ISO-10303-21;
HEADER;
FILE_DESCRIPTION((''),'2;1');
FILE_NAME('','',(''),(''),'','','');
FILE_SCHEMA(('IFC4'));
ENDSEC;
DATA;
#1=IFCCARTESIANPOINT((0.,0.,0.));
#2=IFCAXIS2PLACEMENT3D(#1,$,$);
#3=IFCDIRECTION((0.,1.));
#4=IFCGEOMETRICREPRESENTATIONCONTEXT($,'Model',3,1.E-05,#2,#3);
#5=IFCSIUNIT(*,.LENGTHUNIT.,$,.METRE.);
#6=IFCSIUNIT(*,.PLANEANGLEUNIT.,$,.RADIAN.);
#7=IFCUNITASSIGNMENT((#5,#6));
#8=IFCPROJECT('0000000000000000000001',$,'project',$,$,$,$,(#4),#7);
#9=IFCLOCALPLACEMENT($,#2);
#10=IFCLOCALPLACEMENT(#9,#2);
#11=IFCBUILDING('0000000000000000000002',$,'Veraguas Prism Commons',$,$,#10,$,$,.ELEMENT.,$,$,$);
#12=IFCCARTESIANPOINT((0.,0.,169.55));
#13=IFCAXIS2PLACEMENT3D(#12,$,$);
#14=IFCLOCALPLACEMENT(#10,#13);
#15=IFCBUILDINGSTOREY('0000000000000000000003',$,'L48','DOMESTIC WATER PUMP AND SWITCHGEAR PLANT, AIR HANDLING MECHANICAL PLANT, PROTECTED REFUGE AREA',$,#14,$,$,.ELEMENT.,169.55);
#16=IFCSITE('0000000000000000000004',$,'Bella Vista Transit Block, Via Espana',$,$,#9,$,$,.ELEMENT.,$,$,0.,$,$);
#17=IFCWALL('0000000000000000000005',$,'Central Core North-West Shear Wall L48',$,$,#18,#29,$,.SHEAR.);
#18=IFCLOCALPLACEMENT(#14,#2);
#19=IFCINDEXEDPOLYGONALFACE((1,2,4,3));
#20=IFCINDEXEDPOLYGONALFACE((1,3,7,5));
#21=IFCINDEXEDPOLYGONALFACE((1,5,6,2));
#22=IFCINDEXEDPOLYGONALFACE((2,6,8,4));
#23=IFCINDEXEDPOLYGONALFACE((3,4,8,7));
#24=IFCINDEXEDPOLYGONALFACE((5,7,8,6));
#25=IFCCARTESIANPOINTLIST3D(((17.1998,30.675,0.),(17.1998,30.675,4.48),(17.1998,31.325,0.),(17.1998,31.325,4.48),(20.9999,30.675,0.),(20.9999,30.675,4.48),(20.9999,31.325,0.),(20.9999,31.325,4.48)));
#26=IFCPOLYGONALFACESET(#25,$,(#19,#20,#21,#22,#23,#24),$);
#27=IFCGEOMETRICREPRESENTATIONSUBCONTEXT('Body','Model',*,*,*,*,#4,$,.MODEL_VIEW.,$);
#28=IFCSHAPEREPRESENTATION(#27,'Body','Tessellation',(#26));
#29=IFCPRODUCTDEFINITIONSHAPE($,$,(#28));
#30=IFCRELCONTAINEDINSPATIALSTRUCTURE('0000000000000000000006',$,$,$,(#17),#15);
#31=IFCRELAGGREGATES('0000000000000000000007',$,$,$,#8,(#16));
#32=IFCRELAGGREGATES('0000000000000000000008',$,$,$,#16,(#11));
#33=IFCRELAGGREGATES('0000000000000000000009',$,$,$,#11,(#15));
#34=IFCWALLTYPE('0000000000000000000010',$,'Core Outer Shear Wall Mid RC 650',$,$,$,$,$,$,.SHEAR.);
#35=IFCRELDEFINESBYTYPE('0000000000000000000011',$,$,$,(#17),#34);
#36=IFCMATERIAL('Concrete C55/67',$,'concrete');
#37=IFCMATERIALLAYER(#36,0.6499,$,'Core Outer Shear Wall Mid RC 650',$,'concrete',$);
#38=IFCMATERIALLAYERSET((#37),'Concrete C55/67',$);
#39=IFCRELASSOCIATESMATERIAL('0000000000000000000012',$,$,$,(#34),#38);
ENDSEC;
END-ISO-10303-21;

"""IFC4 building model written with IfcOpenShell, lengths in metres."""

from ifc_helpers import new_model, si_unit, direction, frame, frame_2d, origin, place, context, subcontext, project, spatial, rectangle, extrude, material, layer, layer_set, type_object, element, save


model = new_model("IFC4")

# Units and contexts
model_context = context("Model", 3, precision=1e-05, world=origin(), true_north=direction((0.0, 1.0)))
body_context = subcontext(model_context, "Body", "Model", "MODEL_VIEW")
ifc_project = project(units=[si_unit("LENGTHUNIT", "METRE"), si_unit("PLANEANGLEUNIT", "RADIAN")], contexts=[model_context])

# Site, building, storey
site_placement = place(None, origin())
site = spatial("IfcSite", under=ifc_project, at=site_placement, Name="Bella Vista Transit Block, Via Espana", CompositionType="ELEMENT", RefElevation=0.0)
building_placement = place(site_placement, origin())
building = spatial("IfcBuilding", under=site, at=building_placement, Name="Veraguas Prism Commons", CompositionType="ELEMENT")
storey_placement = place(building_placement, frame((0.0, 0.0, 169.55)))
storey = spatial("IfcBuildingStorey", under=building, at=storey_placement, Name="L48", Description="DOMESTIC WATER PUMP AND SWITCHGEAR PLANT, AIR HANDLING MECHANICAL PLANT, PROTECTED REFUGE AREA", CompositionType="ELEMENT", Elevation=169.55)

# Wall
ifc_material_1 = material(Name="Concrete C55/67", Category="concrete")
ifc_layer_1 = layer(ifc_material_1, 0.6499, Name="Core Outer Shear Wall Mid RC 650", Category="concrete")
ifc_layer_set_1 = layer_set([ifc_layer_1], Name="Concrete C55/67")
wall_type_1 = type_object("IfcWallType", Name="Core Outer Shear Wall Mid RC 650", PredefinedType="SHEAR", material=ifc_layer_set_1)
wall_1_placement = place(storey_placement, frame((17.2, 31.0, 0.0), z_axis=(0.0, 0.0, 1.0), x_axis=(1.0, 0.0, 0.0)))
element("IfcWall", 1, at=wall_1_placement, inside=storey, type_object=wall_type_1, Name="Central Core North-West Shear Wall L48", PredefinedType="SHEAR", context=body_context, shape_type="SweptSolid", body=[
    extrude(rectangle(XDim=3.8, YDim=0.6499, at=frame_2d((1.8999, 0.0))), origin(), (0.0, 0.0, 1.0), 4.48),
])

save(model, "model.ifc")
